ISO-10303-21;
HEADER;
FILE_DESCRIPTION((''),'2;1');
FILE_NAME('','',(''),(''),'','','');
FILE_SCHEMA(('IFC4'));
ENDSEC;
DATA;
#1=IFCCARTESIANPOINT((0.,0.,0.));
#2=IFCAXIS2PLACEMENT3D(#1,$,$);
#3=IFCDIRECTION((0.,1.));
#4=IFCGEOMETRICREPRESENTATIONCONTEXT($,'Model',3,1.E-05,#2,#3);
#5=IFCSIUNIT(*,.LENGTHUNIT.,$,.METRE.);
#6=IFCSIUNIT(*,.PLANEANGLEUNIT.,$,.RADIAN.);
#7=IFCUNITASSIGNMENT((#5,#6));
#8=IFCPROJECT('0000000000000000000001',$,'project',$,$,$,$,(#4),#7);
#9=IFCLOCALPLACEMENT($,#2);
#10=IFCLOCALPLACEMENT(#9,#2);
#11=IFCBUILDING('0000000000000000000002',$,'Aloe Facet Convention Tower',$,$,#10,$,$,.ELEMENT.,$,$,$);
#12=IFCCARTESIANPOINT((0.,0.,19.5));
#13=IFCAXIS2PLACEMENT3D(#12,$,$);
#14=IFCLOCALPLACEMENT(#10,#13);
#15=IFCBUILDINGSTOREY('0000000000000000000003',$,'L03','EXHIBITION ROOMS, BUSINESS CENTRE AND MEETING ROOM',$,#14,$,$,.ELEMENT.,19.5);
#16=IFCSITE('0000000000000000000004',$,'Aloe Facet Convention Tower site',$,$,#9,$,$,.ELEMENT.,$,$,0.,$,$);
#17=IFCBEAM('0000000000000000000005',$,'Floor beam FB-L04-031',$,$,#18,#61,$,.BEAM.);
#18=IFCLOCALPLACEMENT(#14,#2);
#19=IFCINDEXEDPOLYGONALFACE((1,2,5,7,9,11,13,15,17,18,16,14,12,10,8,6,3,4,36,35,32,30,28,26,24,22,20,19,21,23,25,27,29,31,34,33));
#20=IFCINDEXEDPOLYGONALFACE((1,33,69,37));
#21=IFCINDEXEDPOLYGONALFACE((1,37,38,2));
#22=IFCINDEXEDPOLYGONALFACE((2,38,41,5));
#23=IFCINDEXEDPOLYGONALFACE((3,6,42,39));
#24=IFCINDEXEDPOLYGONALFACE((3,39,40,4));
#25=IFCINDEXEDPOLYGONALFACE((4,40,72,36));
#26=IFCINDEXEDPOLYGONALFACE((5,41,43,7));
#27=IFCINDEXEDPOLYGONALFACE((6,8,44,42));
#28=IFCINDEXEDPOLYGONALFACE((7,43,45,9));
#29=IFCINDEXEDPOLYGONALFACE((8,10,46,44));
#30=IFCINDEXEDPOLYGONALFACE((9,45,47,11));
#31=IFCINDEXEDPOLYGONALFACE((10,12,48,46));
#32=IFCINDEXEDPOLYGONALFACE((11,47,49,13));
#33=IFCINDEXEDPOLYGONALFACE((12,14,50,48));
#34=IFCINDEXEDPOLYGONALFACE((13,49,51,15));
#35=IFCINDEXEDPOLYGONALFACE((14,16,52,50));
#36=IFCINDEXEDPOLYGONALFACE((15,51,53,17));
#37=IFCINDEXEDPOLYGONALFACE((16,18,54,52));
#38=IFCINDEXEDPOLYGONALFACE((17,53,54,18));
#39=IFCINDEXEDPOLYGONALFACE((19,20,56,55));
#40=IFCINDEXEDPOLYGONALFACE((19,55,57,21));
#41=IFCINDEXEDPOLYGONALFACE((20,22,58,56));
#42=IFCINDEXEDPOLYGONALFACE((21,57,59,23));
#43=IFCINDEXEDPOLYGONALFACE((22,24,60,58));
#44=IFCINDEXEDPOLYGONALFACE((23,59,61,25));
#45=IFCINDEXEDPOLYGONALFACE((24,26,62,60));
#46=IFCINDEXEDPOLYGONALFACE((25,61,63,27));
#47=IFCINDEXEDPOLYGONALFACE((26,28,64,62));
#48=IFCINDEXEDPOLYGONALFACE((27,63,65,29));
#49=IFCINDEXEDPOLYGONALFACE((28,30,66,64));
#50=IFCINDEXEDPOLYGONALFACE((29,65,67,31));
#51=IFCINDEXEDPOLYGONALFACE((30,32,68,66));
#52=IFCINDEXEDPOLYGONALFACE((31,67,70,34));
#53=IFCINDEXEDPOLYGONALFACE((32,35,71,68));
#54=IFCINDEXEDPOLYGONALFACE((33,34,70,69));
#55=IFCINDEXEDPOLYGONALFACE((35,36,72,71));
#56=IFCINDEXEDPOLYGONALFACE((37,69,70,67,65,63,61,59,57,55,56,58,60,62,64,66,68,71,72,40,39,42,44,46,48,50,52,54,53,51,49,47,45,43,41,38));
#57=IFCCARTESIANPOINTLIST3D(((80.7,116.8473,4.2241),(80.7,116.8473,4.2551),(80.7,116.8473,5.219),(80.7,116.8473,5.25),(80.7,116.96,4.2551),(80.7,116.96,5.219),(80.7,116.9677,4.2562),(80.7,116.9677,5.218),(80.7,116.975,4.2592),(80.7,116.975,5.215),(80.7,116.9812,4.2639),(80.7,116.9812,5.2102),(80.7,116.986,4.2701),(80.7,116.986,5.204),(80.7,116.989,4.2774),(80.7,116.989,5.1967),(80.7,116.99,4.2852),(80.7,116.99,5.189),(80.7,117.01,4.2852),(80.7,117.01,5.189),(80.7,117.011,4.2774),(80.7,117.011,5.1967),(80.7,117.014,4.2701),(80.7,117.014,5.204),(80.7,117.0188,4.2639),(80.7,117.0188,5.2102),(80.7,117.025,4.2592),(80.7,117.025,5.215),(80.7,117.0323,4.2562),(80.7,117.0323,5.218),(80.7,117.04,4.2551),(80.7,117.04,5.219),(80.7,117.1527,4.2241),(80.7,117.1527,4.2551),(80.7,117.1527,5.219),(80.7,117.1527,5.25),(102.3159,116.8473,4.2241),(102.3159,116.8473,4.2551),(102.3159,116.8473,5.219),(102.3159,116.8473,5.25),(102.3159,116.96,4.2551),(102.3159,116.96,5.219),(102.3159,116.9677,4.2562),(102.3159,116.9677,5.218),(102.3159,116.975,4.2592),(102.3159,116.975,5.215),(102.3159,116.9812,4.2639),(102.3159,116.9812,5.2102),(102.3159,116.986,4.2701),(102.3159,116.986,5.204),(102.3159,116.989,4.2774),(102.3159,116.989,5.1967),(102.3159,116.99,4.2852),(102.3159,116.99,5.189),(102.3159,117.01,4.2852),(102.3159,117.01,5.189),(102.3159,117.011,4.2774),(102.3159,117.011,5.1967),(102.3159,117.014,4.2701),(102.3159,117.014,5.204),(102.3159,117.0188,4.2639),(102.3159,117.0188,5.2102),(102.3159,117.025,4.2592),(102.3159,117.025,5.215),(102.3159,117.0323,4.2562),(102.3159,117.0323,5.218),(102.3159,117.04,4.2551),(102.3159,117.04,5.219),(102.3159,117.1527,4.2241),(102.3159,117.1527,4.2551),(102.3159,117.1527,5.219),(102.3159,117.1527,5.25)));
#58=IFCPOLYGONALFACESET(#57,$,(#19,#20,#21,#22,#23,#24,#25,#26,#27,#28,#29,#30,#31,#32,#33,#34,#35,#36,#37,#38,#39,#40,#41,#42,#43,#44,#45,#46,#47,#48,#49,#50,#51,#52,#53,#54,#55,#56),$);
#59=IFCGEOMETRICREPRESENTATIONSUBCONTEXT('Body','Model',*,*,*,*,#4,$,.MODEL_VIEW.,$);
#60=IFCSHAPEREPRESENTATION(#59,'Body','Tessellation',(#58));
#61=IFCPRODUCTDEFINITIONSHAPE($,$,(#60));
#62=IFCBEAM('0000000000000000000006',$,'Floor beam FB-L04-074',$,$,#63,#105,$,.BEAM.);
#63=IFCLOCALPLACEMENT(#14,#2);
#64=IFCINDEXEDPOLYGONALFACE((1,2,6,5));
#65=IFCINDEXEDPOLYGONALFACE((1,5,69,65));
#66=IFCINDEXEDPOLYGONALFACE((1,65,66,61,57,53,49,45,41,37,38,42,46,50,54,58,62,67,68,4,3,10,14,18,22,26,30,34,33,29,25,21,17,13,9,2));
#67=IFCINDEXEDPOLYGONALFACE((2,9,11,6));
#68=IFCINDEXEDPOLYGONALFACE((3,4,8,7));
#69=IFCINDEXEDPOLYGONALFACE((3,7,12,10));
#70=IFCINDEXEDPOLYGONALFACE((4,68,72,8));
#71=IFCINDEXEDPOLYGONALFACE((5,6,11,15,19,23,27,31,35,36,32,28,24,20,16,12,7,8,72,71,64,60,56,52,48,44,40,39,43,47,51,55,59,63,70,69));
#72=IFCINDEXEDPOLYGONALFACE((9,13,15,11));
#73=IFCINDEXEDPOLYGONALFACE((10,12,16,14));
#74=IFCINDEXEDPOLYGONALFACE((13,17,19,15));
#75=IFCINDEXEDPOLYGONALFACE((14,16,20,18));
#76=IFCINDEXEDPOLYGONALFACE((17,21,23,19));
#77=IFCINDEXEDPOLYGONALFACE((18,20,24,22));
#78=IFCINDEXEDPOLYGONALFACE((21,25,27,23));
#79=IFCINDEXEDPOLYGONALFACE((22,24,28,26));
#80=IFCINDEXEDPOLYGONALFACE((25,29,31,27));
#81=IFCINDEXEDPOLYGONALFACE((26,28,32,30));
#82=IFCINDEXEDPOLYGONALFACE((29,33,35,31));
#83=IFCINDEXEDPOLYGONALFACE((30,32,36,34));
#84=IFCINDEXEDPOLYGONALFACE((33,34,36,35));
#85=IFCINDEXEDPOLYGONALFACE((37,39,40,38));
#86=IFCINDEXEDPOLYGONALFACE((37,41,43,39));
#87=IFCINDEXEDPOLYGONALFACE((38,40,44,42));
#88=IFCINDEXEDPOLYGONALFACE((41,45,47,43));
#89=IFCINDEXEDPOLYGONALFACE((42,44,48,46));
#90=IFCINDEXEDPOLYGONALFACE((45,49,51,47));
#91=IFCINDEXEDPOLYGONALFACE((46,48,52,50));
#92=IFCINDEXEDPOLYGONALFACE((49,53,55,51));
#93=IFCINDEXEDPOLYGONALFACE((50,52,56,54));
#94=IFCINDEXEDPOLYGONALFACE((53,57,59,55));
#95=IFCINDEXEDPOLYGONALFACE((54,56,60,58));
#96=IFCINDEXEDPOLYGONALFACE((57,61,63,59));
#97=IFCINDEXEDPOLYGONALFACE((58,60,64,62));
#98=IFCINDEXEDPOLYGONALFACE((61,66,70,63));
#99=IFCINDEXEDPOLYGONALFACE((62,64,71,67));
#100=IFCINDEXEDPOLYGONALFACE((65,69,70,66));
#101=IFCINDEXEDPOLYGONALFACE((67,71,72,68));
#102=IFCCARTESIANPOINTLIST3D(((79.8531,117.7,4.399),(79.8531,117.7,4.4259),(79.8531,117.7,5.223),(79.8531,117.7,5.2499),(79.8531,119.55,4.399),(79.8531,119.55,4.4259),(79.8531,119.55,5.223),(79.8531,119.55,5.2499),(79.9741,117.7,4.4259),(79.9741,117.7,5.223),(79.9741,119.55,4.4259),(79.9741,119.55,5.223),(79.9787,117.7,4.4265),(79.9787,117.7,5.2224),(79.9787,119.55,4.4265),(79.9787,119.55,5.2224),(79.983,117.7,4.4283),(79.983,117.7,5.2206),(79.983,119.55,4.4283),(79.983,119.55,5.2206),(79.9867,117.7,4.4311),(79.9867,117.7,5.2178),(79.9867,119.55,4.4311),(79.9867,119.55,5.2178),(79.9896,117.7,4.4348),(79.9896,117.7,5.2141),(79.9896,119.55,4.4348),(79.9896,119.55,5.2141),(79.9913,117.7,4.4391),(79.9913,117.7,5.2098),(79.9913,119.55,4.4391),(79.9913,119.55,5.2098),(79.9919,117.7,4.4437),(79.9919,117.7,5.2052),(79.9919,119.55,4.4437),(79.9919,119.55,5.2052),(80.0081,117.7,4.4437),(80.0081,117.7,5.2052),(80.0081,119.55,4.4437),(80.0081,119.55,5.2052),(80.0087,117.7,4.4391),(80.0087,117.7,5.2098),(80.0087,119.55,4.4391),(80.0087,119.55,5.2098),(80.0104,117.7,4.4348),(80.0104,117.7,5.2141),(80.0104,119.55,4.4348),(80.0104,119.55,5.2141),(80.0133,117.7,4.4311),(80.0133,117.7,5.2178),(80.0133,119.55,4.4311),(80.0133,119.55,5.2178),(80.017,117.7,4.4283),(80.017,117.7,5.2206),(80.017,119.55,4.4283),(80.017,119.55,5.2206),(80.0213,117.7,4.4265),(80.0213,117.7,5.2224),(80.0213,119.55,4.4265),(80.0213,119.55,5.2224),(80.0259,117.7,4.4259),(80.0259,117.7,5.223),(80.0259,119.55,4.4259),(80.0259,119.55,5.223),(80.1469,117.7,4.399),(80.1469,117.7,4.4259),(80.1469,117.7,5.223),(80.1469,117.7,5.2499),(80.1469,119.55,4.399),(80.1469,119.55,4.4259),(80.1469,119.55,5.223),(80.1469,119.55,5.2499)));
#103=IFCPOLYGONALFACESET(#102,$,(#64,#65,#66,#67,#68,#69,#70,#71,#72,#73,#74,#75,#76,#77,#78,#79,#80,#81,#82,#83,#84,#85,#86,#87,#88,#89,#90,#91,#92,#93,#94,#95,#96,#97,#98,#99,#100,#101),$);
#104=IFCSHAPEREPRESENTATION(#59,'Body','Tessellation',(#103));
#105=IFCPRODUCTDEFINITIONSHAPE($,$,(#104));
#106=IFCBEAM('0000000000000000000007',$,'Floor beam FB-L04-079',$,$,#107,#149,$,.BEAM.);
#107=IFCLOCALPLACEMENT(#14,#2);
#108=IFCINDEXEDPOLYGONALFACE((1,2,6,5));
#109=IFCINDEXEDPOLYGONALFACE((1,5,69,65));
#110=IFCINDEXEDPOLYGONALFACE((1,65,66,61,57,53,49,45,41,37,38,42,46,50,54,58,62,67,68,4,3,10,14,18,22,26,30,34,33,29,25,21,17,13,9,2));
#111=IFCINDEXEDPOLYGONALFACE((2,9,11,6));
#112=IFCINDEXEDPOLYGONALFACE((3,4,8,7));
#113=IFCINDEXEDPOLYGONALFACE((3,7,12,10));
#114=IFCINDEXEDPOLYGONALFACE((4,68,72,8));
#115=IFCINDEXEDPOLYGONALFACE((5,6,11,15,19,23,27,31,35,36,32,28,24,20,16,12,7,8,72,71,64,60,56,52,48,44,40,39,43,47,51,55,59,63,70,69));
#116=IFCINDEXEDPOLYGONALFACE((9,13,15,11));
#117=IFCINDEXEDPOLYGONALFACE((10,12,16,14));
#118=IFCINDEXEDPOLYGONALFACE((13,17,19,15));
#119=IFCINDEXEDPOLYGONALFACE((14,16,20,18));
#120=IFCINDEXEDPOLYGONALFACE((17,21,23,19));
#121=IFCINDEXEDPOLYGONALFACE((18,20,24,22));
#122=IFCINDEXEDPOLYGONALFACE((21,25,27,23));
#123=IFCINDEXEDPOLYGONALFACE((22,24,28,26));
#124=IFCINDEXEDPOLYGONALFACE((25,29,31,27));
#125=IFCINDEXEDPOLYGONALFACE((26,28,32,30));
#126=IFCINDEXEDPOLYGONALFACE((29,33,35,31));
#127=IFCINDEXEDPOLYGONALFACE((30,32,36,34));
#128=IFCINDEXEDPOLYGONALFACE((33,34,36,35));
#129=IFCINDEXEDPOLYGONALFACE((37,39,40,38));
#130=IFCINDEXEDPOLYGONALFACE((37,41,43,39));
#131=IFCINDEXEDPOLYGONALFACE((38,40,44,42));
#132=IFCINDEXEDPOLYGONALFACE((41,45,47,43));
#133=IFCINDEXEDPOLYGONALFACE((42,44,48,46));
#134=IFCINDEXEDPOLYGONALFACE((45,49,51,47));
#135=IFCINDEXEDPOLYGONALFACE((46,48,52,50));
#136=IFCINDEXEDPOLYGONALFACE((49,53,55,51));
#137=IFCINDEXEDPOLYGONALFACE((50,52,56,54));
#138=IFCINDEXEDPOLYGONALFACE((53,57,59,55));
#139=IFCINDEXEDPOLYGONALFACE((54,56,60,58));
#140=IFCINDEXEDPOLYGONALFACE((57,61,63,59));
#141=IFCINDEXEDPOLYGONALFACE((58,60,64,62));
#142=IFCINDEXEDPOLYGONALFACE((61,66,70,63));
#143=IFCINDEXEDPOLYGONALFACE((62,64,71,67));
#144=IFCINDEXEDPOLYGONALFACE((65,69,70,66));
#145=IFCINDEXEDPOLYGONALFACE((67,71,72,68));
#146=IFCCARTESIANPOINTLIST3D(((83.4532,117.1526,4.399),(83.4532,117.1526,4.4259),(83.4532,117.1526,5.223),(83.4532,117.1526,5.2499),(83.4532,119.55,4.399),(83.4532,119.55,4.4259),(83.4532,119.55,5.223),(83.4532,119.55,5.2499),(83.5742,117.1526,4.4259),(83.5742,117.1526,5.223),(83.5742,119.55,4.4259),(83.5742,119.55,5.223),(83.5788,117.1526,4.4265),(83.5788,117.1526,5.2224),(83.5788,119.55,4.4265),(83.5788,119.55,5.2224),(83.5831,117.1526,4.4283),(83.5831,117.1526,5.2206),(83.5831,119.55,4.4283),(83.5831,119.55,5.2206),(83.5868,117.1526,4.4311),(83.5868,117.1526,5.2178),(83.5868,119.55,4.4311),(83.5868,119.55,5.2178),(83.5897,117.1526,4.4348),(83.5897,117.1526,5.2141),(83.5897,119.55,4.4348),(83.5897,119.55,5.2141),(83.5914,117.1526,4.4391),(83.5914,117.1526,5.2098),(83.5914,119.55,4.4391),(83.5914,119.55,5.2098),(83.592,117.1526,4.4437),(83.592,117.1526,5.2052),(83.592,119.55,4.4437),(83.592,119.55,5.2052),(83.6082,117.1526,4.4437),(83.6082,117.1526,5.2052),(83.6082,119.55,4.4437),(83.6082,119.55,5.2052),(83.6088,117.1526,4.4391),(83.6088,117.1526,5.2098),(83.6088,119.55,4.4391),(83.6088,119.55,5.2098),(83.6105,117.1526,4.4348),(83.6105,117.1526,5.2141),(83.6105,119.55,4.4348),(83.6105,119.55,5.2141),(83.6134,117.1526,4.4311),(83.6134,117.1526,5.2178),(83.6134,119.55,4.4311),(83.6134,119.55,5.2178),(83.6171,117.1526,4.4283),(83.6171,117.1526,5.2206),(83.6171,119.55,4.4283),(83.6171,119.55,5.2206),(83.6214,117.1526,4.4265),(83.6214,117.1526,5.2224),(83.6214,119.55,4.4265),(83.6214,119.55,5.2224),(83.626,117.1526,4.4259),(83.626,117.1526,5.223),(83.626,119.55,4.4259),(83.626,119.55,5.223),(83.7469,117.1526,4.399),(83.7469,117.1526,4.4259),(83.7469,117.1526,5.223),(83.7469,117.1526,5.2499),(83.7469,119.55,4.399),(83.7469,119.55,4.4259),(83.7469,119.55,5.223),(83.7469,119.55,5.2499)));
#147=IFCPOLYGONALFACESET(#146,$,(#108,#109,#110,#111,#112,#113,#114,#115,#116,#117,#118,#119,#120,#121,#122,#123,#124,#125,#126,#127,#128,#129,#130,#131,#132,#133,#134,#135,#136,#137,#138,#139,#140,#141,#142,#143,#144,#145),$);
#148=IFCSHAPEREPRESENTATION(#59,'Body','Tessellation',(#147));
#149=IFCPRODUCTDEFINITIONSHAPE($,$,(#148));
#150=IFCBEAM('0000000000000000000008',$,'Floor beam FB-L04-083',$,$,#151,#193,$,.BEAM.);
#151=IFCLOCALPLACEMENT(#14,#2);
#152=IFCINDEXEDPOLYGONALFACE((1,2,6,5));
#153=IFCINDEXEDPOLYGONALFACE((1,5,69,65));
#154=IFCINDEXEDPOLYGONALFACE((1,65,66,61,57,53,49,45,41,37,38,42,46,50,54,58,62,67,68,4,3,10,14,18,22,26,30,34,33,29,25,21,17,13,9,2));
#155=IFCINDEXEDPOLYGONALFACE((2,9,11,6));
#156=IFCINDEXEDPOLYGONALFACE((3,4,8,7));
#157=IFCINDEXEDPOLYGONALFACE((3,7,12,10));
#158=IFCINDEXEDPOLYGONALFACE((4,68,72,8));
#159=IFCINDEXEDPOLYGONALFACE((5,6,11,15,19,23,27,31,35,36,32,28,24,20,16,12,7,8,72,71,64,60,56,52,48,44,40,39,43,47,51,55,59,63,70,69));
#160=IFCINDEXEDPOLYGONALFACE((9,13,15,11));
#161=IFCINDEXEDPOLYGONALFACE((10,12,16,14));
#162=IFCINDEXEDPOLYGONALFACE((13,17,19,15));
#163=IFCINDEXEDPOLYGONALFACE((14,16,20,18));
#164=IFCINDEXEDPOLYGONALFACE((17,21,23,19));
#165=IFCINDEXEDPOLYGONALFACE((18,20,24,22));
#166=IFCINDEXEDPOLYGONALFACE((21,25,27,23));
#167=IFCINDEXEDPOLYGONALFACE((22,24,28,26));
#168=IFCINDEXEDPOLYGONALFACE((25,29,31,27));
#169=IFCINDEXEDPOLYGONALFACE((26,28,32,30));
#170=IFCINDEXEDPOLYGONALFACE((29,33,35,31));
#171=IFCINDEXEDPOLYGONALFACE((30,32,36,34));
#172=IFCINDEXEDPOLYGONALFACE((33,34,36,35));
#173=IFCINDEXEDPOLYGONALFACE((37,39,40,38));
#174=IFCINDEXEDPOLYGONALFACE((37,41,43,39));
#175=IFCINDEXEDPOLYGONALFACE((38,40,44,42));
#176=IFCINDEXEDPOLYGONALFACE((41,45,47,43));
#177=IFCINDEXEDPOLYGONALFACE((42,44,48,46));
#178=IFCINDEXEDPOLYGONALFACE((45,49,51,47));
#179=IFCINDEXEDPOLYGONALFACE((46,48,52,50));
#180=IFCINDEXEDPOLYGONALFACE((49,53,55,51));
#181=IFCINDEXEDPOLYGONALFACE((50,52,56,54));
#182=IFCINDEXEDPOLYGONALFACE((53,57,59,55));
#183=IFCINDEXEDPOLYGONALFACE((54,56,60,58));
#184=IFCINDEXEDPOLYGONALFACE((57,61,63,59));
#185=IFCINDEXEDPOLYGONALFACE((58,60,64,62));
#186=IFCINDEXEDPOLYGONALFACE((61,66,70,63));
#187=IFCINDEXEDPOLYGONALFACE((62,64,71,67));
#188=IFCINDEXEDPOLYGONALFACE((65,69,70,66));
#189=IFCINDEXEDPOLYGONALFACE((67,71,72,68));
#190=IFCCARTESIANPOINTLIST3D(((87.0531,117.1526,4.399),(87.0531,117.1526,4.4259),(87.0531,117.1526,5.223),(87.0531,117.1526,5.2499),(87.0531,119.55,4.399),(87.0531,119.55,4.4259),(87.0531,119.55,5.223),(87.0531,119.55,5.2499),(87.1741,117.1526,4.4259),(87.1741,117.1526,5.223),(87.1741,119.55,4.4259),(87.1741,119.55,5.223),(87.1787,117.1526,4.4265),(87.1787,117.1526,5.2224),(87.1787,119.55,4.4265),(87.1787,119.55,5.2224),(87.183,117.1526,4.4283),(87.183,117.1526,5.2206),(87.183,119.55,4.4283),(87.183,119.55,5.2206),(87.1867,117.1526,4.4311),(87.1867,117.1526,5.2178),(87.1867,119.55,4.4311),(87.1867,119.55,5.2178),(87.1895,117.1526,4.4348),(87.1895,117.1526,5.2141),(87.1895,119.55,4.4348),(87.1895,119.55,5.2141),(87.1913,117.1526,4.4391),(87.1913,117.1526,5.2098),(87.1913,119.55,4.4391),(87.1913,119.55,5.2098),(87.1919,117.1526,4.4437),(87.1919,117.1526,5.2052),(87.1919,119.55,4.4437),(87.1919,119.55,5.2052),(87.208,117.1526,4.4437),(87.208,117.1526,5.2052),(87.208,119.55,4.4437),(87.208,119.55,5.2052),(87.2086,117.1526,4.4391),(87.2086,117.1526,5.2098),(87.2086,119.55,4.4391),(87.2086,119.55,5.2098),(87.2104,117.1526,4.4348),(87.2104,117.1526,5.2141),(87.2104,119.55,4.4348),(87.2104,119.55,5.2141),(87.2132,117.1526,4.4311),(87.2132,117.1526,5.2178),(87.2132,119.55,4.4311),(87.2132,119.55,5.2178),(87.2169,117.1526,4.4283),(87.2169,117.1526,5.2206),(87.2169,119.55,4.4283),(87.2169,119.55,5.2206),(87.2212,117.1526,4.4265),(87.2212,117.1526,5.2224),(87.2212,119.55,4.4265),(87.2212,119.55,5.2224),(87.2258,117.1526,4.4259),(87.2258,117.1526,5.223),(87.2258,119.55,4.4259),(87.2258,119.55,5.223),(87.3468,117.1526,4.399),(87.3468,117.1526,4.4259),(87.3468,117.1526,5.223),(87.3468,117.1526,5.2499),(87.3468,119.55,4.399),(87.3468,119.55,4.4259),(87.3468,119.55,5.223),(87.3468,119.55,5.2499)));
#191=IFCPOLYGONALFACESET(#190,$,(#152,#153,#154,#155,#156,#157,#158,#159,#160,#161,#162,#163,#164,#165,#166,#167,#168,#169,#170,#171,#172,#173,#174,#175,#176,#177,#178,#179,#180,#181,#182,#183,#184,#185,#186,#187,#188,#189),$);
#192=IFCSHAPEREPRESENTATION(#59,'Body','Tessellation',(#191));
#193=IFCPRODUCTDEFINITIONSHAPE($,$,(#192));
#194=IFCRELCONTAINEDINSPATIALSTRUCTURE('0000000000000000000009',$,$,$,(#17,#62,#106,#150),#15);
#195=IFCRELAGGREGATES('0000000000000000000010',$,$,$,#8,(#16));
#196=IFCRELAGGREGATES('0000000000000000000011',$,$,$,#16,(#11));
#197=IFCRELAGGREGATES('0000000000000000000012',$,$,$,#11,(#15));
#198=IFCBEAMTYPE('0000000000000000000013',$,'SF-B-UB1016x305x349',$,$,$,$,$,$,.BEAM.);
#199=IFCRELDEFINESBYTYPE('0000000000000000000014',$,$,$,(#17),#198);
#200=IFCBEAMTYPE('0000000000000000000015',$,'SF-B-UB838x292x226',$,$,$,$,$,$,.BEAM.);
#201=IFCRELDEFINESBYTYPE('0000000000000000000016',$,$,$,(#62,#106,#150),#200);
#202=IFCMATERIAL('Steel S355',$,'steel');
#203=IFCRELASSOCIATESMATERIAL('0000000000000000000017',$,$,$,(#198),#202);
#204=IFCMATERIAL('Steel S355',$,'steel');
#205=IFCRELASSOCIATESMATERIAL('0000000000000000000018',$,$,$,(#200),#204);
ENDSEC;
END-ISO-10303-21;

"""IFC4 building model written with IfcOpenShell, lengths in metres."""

from ifc_helpers import new_model, si_unit, direction, frame, origin, origin_2d, place, context, subcontext, project, spatial, i_section, extrude, material, material_profile, profile_set, type_object, element, save


model = new_model("IFC4")

# Units and contexts
model_context = context("Model", 3, precision=1e-05, world=origin(), true_north=direction((0.0, 1.0)))
body_context = subcontext(model_context, "Body", "Model", "MODEL_VIEW")
ifc_project = project(units=[si_unit("LENGTHUNIT", "METRE"), si_unit("PLANEANGLEUNIT", "RADIAN")], contexts=[model_context])

# Site, building, storey
site_placement = place(None, origin())
site = spatial("IfcSite", under=ifc_project, at=site_placement, Name="Aloe Facet Convention Tower site", CompositionType="ELEMENT", RefElevation=0.0)
building_placement = place(site_placement, origin())
building = spatial("IfcBuilding", under=site, at=building_placement, Name="Aloe Facet Convention Tower", CompositionType="ELEMENT")
storey_placement = place(building_placement, frame((0.0, 0.0, 19.5)))
storey = spatial("IfcBuildingStorey", under=building, at=storey_placement, Name="L03", Description="EXHIBITION ROOMS, BUSINESS CENTRE AND MEETING ROOM", CompositionType="ELEMENT", Elevation=19.5)

# Beams
ifc_material_1 = material(Name="Steel S355", Category="steel")
ifc_material_profile_1 = material_profile(ifc_material_1, i_section(OverallWidth=0.3054, OverallDepth=1.0259, WebThickness=0.02, FlangeThickness=0.031, FilletRadius=0.03, at=origin_2d()), Name="UB 1016x305x349")
ifc_profile_set_1 = profile_set([ifc_material_profile_1], Name="Steel S355")
beam_type_1 = type_object("IfcBeamType", Name="SF-B-UB1016x305x349", PredefinedType="BEAM", material=ifc_profile_set_1)
beam_1_placement = place(storey_placement, frame((80.7, 117.0, 4.7371), z_axis=(1.0, 0.0, 0.0), x_axis=(0.0, 1.0, 0.0)))
element("IfcBeam", 1, at=beam_1_placement, inside=storey, type_object=beam_type_1, Name="Floor beam FB-L04-031", PredefinedType="BEAM", context=body_context, shape_type="SweptSolid", body=[
    extrude(i_section(OverallWidth=0.3054, OverallDepth=1.0259, WebThickness=0.02, FlangeThickness=0.031, FilletRadius=0.03, at=origin_2d()), origin(), (0.0, 0.0, 1.0), 21.616),
])
ifc_material_2 = material(Name="Steel S355", Category="steel")
ifc_material_profile_2 = material_profile(ifc_material_2, i_section(OverallWidth=0.2937, OverallDepth=0.8508, WebThickness=0.0161, FlangeThickness=0.0269, FilletRadius=0.0178, at=origin_2d()), Name="UB 838x292x226")
ifc_profile_set_2 = profile_set([ifc_material_profile_2], Name="Steel S355")
beam_type_2 = type_object("IfcBeamType", Name="SF-B-UB838x292x226", PredefinedType="BEAM", material=ifc_profile_set_2)
beam_2_placement = place(storey_placement, frame((80.0, 117.7, 4.8245), z_axis=(0.0, 1.0, 0.0), x_axis=(-1.0, 0.0, 0.0)))
element("IfcBeam", 2, at=beam_2_placement, inside=storey, type_object=beam_type_2, Name="Floor beam FB-L04-074", PredefinedType="BEAM", context=body_context, shape_type="SweptSolid", body=[
    extrude(i_section(OverallWidth=0.2937, OverallDepth=0.8508, WebThickness=0.0161, FlangeThickness=0.0269, FilletRadius=0.0178, at=origin_2d()), origin(), (0.0, 0.0, 1.0), 1.8501),
])
for number, where, z_axis, x_axis, name in (
    (3, (83.6001, 117.1526, 4.8245), (0.0, 1.0, 0.0), (-1.0, 0.0, 0.0), "Floor beam FB-L04-079"),
    (4, (87.2, 117.1526, 4.8245), (0.0, 1.0, 0.0), (-1.0, 0.0, 0.0), "Floor beam FB-L04-083"),
):
    element("IfcBeam", number, at=place(storey_placement, frame(where, z_axis=z_axis, x_axis=x_axis)), inside=storey, type_object=beam_type_2, Name=name, PredefinedType="BEAM", context=body_context, shape_type="SweptSolid", body=[
        extrude(i_section(OverallWidth=0.2937, OverallDepth=0.8508, WebThickness=0.0161, FlangeThickness=0.0269, FilletRadius=0.0178, at=origin_2d()), origin(), (0.0, 0.0, 1.0), 2.3975),
    ])

save(model, "model.ifc")
